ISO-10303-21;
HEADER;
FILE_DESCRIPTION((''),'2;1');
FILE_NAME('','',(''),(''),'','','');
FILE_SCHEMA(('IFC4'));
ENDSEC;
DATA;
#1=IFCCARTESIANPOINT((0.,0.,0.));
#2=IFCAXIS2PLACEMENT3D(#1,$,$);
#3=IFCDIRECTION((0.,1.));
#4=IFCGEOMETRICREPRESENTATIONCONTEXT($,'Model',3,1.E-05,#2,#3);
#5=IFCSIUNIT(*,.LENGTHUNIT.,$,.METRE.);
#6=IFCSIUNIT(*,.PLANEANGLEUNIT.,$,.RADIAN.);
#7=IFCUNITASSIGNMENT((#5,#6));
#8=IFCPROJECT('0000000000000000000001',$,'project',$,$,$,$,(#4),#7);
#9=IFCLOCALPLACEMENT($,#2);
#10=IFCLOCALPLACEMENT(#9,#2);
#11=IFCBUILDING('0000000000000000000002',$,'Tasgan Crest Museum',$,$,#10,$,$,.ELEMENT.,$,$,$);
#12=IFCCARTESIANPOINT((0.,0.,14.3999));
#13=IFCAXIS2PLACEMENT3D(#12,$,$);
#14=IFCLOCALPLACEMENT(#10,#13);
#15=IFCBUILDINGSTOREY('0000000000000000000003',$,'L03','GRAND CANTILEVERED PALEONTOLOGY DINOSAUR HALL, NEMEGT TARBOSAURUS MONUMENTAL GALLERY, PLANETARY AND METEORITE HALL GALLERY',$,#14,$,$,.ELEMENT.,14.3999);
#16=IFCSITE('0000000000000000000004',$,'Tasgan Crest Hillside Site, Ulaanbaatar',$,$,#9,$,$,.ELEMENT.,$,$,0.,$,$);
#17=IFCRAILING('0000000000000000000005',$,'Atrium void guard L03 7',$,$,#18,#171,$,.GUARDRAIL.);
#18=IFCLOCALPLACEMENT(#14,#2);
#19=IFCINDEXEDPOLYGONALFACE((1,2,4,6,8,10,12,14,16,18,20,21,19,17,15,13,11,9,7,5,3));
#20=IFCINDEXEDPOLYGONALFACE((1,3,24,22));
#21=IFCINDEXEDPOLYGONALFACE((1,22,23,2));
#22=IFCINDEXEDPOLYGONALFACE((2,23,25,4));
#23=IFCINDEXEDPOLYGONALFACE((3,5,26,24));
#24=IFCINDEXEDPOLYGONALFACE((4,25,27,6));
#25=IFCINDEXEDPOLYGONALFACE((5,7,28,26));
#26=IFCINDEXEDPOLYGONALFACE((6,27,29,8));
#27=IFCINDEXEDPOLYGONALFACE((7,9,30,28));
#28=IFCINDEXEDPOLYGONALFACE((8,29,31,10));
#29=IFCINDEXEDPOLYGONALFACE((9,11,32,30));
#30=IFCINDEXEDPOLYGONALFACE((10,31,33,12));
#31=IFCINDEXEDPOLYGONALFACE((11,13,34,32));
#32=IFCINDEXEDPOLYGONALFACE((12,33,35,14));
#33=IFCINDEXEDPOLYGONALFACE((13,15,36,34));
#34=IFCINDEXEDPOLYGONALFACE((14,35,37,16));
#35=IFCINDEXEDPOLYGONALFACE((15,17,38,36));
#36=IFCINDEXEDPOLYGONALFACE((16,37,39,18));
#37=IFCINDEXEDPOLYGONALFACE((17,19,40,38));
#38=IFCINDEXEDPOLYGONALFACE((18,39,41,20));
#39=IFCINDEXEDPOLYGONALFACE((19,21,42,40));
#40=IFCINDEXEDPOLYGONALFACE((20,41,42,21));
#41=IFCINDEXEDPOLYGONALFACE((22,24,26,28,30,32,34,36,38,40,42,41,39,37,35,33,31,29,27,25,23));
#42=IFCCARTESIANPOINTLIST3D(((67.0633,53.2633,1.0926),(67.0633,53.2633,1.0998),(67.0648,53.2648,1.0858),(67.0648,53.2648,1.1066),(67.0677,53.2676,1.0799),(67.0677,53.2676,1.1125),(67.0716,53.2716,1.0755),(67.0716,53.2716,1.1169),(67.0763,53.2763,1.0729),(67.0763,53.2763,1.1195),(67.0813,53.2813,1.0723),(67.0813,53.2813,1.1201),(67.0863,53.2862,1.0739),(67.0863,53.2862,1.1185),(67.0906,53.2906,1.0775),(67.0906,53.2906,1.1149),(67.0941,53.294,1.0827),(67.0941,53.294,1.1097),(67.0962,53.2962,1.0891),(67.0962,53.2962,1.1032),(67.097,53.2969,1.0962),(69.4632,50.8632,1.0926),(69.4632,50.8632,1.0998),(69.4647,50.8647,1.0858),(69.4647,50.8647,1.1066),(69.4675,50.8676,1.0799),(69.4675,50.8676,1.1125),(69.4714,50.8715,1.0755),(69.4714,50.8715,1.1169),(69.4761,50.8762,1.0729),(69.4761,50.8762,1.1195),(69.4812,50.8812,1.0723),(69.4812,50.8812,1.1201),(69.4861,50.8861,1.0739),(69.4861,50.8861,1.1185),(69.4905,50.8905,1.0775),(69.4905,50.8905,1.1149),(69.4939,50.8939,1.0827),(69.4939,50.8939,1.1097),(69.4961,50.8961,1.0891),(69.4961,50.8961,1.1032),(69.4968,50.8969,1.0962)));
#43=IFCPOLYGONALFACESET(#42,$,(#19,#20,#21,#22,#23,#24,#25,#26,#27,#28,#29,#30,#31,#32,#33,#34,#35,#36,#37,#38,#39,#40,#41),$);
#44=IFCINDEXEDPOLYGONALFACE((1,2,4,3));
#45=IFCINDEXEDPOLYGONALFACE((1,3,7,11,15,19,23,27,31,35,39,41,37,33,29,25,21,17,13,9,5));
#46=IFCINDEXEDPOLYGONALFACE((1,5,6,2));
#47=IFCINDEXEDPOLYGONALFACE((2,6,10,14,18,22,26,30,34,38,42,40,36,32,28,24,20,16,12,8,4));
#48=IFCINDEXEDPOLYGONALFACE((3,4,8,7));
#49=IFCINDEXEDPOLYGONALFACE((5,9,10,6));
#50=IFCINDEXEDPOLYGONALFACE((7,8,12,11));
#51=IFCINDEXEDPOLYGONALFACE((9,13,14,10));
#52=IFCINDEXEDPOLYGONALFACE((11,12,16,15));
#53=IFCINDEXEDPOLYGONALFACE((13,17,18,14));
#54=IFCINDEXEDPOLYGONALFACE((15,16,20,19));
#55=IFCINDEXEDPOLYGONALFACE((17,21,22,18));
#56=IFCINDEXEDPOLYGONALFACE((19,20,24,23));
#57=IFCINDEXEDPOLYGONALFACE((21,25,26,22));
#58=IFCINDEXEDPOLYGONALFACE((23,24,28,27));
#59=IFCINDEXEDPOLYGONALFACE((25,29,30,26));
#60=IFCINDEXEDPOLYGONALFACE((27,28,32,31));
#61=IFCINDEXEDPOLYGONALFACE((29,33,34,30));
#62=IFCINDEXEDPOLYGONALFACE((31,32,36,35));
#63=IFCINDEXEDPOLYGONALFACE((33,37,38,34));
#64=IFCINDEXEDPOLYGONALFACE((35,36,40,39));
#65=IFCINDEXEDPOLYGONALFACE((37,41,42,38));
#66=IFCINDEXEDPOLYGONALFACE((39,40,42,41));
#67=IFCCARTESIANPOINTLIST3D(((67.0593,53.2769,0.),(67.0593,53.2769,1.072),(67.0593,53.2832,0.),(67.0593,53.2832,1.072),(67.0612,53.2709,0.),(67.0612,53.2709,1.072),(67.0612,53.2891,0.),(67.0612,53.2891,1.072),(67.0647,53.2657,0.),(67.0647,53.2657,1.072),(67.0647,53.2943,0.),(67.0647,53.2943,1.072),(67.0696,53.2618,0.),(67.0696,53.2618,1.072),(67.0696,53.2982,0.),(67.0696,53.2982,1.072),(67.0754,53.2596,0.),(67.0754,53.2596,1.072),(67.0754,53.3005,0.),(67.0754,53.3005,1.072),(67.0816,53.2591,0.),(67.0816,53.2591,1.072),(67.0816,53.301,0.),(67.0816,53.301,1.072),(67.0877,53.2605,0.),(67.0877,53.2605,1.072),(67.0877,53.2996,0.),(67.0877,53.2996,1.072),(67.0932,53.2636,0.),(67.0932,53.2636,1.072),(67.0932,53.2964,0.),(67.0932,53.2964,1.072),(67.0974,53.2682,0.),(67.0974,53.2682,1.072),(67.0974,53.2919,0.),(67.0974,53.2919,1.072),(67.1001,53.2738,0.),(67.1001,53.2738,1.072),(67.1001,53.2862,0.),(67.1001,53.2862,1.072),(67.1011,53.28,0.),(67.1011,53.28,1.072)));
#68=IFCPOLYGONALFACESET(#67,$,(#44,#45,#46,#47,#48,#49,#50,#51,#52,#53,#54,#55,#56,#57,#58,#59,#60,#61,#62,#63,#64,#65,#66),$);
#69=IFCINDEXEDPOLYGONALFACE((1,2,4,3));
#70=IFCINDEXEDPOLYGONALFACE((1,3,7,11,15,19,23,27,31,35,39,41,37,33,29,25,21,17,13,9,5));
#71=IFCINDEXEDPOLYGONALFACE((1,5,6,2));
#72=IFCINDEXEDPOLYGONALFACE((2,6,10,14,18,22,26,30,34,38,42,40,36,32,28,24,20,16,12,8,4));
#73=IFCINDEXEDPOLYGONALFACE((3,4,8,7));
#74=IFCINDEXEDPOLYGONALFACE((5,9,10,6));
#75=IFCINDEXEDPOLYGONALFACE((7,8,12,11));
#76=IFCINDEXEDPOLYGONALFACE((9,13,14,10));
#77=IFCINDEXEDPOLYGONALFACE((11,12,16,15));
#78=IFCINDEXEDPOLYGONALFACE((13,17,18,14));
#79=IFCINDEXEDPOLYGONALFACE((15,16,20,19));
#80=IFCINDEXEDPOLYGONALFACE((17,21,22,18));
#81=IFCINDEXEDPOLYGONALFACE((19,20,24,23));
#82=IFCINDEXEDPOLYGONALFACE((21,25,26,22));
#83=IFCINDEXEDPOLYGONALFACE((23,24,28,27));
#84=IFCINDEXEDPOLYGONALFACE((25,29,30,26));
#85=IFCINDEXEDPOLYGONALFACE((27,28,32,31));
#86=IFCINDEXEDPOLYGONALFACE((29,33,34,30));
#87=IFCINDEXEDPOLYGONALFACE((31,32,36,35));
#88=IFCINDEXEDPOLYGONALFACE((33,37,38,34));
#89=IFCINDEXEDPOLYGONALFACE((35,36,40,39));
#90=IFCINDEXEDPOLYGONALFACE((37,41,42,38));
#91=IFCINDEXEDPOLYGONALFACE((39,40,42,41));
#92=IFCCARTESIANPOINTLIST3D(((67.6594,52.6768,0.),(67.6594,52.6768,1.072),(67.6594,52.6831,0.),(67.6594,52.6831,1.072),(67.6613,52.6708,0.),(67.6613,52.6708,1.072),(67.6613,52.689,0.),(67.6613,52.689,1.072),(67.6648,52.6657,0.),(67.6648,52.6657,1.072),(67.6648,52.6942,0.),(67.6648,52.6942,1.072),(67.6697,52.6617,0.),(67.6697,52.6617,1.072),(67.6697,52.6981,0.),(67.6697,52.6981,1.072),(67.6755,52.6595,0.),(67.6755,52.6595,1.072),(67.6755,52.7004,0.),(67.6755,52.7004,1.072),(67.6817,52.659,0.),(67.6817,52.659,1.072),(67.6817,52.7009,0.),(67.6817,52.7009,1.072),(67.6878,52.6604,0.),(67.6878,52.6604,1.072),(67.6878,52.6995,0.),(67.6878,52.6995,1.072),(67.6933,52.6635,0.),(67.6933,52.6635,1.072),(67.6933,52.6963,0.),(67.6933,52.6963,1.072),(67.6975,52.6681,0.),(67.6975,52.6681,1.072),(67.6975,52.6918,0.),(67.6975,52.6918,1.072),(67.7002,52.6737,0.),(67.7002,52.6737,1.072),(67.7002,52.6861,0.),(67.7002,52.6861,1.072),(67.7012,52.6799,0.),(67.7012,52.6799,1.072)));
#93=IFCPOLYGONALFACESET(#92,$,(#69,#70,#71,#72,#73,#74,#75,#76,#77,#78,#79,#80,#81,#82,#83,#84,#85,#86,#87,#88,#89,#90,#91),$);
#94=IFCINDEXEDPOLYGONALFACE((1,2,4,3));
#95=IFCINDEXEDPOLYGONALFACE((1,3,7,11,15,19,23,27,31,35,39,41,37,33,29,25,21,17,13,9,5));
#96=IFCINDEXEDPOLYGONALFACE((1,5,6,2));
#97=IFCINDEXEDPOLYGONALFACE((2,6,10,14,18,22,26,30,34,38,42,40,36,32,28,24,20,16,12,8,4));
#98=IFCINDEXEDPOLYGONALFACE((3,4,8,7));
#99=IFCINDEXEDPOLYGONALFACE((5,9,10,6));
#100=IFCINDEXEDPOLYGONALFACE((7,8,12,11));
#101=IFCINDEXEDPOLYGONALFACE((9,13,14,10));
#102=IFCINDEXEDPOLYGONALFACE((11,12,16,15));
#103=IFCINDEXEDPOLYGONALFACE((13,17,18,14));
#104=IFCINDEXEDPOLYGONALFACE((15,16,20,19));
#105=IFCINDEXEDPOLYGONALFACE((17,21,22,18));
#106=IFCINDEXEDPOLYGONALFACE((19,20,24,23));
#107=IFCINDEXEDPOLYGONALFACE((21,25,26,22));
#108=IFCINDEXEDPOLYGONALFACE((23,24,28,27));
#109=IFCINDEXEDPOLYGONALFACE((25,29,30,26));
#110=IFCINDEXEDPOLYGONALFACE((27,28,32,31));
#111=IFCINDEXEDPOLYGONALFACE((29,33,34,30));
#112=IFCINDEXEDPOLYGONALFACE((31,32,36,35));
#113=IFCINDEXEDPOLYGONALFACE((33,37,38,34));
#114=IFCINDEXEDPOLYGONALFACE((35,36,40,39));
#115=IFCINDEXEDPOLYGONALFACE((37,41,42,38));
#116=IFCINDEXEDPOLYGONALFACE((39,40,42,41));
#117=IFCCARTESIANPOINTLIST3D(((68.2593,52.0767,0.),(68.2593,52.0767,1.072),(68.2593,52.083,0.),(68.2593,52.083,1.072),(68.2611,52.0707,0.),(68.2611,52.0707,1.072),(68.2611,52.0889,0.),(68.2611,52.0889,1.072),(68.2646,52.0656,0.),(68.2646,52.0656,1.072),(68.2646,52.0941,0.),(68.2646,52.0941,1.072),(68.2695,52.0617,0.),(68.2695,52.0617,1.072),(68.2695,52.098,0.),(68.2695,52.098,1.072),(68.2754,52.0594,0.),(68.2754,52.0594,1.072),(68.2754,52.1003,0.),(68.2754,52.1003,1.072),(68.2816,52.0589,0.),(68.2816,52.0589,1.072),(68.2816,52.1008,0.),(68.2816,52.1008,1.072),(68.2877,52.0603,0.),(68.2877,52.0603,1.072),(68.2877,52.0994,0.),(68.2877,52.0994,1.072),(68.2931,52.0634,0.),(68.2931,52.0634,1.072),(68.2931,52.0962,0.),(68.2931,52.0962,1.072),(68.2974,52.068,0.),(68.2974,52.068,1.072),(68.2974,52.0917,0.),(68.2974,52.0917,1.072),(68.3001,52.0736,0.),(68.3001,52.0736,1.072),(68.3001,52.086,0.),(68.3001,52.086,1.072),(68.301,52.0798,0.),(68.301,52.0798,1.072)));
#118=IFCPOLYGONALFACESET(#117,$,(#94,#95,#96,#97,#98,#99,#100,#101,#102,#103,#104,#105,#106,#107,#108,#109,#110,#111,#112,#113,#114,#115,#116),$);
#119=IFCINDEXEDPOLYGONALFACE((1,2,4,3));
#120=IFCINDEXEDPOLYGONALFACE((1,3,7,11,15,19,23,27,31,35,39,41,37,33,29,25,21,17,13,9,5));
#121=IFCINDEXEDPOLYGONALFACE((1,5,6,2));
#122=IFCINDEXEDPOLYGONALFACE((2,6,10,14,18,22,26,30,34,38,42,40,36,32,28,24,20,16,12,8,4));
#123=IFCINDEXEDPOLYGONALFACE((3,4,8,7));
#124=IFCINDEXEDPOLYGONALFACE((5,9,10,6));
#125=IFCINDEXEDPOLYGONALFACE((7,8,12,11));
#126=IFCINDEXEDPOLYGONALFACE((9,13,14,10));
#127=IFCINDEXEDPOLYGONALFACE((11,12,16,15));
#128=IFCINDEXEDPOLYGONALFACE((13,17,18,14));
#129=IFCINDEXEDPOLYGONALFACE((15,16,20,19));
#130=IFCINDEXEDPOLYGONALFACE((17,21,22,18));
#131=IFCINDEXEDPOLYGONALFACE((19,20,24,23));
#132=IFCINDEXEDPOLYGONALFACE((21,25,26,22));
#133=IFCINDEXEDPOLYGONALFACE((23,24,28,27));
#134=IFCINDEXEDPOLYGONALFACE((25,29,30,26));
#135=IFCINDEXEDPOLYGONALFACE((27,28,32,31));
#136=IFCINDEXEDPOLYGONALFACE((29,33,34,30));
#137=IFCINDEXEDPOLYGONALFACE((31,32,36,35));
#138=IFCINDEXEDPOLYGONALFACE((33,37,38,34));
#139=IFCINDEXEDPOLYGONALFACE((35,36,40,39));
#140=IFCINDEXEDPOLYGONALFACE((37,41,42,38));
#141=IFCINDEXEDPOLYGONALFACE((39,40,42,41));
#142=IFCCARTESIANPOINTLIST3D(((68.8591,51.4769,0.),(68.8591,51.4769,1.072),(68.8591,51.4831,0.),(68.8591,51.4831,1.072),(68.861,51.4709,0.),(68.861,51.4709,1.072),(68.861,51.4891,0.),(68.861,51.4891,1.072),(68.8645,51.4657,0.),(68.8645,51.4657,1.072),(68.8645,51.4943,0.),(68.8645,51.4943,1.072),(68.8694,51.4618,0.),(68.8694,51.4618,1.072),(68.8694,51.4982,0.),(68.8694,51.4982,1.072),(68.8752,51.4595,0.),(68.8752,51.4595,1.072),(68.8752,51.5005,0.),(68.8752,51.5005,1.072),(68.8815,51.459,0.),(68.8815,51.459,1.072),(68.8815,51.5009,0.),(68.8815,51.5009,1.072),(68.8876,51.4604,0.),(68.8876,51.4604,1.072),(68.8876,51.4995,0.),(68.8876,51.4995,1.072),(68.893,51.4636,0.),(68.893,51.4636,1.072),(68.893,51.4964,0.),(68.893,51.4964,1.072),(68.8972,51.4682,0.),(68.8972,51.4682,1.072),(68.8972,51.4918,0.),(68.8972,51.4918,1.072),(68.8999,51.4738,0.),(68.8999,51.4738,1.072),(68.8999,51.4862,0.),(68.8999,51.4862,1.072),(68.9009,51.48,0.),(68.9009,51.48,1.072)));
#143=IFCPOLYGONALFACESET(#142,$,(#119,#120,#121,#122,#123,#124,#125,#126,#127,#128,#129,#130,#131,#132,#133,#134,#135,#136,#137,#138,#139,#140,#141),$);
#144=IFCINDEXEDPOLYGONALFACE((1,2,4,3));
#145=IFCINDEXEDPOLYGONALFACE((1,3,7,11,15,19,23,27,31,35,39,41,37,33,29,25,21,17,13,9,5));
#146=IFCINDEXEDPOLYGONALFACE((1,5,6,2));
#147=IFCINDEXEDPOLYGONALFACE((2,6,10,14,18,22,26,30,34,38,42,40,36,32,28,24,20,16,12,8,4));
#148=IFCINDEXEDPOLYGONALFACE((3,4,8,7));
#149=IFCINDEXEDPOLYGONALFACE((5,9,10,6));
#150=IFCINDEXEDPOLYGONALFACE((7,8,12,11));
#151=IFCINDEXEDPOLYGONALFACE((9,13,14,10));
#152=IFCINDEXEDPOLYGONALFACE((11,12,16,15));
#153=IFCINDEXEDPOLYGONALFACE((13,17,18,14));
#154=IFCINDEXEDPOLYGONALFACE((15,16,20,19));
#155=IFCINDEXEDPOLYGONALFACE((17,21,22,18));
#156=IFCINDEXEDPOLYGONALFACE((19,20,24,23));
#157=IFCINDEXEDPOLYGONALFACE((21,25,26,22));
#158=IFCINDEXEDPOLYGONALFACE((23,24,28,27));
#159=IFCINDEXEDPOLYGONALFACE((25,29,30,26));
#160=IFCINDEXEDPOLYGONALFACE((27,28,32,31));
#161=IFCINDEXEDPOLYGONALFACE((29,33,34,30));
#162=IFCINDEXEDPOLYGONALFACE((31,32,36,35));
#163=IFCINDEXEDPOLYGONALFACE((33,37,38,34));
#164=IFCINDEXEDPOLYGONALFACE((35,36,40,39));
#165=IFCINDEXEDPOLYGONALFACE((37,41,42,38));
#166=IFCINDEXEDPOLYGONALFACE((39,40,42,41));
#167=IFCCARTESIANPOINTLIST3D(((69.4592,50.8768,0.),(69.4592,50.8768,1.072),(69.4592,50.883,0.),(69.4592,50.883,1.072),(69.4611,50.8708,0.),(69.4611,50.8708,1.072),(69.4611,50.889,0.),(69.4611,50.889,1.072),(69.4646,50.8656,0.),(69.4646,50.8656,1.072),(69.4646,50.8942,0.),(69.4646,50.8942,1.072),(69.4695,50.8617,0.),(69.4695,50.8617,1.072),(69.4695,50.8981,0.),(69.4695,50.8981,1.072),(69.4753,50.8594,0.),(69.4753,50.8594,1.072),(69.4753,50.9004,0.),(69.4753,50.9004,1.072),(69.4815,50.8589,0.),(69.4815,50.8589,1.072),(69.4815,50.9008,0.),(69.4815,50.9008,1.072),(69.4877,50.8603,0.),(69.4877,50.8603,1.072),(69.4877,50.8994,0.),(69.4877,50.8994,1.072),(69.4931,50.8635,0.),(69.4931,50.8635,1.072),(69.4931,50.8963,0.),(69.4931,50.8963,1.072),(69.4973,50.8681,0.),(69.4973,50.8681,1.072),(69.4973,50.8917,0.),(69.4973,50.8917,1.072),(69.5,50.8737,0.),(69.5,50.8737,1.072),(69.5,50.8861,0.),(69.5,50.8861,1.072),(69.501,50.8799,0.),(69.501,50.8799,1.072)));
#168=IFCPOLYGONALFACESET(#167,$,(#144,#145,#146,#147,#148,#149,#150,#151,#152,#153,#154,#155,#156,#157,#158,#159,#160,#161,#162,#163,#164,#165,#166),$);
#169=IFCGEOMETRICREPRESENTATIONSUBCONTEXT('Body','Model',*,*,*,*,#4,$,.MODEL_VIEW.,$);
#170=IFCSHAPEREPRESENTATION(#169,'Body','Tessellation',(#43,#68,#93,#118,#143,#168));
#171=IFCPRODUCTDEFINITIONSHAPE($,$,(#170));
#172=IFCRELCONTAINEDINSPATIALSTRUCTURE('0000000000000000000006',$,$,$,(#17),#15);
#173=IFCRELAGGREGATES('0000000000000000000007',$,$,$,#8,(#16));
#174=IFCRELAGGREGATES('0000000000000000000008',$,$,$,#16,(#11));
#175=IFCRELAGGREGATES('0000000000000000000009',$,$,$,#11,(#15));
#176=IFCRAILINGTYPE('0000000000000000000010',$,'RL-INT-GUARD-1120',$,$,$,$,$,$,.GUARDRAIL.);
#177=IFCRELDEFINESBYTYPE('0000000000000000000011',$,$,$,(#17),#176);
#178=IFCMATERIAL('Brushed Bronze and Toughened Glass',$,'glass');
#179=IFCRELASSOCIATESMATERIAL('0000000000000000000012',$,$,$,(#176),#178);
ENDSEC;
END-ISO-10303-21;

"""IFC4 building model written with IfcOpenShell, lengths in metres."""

from ifc_helpers import new_model, si_unit, direction, frame, origin, origin_2d, place, context, subcontext, project, spatial, circle, extrude, material, type_object, element, save


model = new_model("IFC4")

# Units and contexts
model_context = context("Model", 3, precision=1e-05, world=origin(), true_north=direction((0.0, 1.0)))
body_context = subcontext(model_context, "Body", "Model", "MODEL_VIEW")
ifc_project = project(units=[si_unit("LENGTHUNIT", "METRE"), si_unit("PLANEANGLEUNIT", "RADIAN")], contexts=[model_context])

# Site, building, storey
site_placement = place(None, origin())
site = spatial("IfcSite", under=ifc_project, at=site_placement, Name="Tasgan Crest Hillside Site, Ulaanbaatar", CompositionType="ELEMENT", RefElevation=0.0)
building_placement = place(site_placement, origin())
building = spatial("IfcBuilding", under=site, at=building_placement, Name="Tasgan Crest Museum", CompositionType="ELEMENT")
storey_placement = place(building_placement, frame((0.0, 0.0, 14.3999)))
storey = spatial("IfcBuildingStorey", under=building, at=storey_placement, Name="L03", Description="GRAND CANTILEVERED PALEONTOLOGY DINOSAUR HALL, NEMEGT TARBOSAURUS MONUMENTAL GALLERY, PLANETARY AND METEORITE HALL GALLERY", CompositionType="ELEMENT", Elevation=14.3999)

# Railing
ifc_material_1 = material(Name="Brushed Bronze and Toughened Glass", Category="glass")
railing_type = type_object("IfcRailingType", Name="RL-INT-GUARD-1120", PredefinedType="GUARDRAIL", material=ifc_material_1)
railing_1_placement = place(storey_placement, frame((67.0801, 53.28, 0.0)))
element("IfcRailing", 1, at=railing_1_placement, inside=storey, type_object=railing_type, Name="Atrium void guard L03 7", PredefinedType="GUARDRAIL", context=body_context, shape_type="SweptSolid", body=[
    extrude(circle(Radius=0.0239, at=origin_2d()), frame((0.0, 0.0, 1.0962), z_axis=(0.707071, -0.707143, 0.0), x_axis=(0.707143, 0.707071, 0.0)), (0.0, 0.0, 1.0), 3.394),
    extrude(circle(Radius=0.021, at=origin_2d()), origin(), (0.0, 0.0, 1.0), 1.072),
    extrude(circle(Radius=0.021, at=origin_2d()), frame((0.6001, -0.6001, 0.0)), (0.0, 0.0, 1.0), 1.072),
    extrude(circle(Radius=0.021, at=origin_2d()), frame((1.2, -1.2002, 0.0)), (0.0, 0.0, 1.0), 1.072),
    extrude(circle(Radius=0.021, at=origin_2d()), frame((1.7998, -1.8, 0.0)), (0.0, 0.0, 1.0), 1.072),
    extrude(circle(Radius=0.021, at=origin_2d()), frame((2.3999, -2.4001, 0.0)), (0.0, 0.0, 1.0), 1.072),
])

save(model, "model.ifc")
